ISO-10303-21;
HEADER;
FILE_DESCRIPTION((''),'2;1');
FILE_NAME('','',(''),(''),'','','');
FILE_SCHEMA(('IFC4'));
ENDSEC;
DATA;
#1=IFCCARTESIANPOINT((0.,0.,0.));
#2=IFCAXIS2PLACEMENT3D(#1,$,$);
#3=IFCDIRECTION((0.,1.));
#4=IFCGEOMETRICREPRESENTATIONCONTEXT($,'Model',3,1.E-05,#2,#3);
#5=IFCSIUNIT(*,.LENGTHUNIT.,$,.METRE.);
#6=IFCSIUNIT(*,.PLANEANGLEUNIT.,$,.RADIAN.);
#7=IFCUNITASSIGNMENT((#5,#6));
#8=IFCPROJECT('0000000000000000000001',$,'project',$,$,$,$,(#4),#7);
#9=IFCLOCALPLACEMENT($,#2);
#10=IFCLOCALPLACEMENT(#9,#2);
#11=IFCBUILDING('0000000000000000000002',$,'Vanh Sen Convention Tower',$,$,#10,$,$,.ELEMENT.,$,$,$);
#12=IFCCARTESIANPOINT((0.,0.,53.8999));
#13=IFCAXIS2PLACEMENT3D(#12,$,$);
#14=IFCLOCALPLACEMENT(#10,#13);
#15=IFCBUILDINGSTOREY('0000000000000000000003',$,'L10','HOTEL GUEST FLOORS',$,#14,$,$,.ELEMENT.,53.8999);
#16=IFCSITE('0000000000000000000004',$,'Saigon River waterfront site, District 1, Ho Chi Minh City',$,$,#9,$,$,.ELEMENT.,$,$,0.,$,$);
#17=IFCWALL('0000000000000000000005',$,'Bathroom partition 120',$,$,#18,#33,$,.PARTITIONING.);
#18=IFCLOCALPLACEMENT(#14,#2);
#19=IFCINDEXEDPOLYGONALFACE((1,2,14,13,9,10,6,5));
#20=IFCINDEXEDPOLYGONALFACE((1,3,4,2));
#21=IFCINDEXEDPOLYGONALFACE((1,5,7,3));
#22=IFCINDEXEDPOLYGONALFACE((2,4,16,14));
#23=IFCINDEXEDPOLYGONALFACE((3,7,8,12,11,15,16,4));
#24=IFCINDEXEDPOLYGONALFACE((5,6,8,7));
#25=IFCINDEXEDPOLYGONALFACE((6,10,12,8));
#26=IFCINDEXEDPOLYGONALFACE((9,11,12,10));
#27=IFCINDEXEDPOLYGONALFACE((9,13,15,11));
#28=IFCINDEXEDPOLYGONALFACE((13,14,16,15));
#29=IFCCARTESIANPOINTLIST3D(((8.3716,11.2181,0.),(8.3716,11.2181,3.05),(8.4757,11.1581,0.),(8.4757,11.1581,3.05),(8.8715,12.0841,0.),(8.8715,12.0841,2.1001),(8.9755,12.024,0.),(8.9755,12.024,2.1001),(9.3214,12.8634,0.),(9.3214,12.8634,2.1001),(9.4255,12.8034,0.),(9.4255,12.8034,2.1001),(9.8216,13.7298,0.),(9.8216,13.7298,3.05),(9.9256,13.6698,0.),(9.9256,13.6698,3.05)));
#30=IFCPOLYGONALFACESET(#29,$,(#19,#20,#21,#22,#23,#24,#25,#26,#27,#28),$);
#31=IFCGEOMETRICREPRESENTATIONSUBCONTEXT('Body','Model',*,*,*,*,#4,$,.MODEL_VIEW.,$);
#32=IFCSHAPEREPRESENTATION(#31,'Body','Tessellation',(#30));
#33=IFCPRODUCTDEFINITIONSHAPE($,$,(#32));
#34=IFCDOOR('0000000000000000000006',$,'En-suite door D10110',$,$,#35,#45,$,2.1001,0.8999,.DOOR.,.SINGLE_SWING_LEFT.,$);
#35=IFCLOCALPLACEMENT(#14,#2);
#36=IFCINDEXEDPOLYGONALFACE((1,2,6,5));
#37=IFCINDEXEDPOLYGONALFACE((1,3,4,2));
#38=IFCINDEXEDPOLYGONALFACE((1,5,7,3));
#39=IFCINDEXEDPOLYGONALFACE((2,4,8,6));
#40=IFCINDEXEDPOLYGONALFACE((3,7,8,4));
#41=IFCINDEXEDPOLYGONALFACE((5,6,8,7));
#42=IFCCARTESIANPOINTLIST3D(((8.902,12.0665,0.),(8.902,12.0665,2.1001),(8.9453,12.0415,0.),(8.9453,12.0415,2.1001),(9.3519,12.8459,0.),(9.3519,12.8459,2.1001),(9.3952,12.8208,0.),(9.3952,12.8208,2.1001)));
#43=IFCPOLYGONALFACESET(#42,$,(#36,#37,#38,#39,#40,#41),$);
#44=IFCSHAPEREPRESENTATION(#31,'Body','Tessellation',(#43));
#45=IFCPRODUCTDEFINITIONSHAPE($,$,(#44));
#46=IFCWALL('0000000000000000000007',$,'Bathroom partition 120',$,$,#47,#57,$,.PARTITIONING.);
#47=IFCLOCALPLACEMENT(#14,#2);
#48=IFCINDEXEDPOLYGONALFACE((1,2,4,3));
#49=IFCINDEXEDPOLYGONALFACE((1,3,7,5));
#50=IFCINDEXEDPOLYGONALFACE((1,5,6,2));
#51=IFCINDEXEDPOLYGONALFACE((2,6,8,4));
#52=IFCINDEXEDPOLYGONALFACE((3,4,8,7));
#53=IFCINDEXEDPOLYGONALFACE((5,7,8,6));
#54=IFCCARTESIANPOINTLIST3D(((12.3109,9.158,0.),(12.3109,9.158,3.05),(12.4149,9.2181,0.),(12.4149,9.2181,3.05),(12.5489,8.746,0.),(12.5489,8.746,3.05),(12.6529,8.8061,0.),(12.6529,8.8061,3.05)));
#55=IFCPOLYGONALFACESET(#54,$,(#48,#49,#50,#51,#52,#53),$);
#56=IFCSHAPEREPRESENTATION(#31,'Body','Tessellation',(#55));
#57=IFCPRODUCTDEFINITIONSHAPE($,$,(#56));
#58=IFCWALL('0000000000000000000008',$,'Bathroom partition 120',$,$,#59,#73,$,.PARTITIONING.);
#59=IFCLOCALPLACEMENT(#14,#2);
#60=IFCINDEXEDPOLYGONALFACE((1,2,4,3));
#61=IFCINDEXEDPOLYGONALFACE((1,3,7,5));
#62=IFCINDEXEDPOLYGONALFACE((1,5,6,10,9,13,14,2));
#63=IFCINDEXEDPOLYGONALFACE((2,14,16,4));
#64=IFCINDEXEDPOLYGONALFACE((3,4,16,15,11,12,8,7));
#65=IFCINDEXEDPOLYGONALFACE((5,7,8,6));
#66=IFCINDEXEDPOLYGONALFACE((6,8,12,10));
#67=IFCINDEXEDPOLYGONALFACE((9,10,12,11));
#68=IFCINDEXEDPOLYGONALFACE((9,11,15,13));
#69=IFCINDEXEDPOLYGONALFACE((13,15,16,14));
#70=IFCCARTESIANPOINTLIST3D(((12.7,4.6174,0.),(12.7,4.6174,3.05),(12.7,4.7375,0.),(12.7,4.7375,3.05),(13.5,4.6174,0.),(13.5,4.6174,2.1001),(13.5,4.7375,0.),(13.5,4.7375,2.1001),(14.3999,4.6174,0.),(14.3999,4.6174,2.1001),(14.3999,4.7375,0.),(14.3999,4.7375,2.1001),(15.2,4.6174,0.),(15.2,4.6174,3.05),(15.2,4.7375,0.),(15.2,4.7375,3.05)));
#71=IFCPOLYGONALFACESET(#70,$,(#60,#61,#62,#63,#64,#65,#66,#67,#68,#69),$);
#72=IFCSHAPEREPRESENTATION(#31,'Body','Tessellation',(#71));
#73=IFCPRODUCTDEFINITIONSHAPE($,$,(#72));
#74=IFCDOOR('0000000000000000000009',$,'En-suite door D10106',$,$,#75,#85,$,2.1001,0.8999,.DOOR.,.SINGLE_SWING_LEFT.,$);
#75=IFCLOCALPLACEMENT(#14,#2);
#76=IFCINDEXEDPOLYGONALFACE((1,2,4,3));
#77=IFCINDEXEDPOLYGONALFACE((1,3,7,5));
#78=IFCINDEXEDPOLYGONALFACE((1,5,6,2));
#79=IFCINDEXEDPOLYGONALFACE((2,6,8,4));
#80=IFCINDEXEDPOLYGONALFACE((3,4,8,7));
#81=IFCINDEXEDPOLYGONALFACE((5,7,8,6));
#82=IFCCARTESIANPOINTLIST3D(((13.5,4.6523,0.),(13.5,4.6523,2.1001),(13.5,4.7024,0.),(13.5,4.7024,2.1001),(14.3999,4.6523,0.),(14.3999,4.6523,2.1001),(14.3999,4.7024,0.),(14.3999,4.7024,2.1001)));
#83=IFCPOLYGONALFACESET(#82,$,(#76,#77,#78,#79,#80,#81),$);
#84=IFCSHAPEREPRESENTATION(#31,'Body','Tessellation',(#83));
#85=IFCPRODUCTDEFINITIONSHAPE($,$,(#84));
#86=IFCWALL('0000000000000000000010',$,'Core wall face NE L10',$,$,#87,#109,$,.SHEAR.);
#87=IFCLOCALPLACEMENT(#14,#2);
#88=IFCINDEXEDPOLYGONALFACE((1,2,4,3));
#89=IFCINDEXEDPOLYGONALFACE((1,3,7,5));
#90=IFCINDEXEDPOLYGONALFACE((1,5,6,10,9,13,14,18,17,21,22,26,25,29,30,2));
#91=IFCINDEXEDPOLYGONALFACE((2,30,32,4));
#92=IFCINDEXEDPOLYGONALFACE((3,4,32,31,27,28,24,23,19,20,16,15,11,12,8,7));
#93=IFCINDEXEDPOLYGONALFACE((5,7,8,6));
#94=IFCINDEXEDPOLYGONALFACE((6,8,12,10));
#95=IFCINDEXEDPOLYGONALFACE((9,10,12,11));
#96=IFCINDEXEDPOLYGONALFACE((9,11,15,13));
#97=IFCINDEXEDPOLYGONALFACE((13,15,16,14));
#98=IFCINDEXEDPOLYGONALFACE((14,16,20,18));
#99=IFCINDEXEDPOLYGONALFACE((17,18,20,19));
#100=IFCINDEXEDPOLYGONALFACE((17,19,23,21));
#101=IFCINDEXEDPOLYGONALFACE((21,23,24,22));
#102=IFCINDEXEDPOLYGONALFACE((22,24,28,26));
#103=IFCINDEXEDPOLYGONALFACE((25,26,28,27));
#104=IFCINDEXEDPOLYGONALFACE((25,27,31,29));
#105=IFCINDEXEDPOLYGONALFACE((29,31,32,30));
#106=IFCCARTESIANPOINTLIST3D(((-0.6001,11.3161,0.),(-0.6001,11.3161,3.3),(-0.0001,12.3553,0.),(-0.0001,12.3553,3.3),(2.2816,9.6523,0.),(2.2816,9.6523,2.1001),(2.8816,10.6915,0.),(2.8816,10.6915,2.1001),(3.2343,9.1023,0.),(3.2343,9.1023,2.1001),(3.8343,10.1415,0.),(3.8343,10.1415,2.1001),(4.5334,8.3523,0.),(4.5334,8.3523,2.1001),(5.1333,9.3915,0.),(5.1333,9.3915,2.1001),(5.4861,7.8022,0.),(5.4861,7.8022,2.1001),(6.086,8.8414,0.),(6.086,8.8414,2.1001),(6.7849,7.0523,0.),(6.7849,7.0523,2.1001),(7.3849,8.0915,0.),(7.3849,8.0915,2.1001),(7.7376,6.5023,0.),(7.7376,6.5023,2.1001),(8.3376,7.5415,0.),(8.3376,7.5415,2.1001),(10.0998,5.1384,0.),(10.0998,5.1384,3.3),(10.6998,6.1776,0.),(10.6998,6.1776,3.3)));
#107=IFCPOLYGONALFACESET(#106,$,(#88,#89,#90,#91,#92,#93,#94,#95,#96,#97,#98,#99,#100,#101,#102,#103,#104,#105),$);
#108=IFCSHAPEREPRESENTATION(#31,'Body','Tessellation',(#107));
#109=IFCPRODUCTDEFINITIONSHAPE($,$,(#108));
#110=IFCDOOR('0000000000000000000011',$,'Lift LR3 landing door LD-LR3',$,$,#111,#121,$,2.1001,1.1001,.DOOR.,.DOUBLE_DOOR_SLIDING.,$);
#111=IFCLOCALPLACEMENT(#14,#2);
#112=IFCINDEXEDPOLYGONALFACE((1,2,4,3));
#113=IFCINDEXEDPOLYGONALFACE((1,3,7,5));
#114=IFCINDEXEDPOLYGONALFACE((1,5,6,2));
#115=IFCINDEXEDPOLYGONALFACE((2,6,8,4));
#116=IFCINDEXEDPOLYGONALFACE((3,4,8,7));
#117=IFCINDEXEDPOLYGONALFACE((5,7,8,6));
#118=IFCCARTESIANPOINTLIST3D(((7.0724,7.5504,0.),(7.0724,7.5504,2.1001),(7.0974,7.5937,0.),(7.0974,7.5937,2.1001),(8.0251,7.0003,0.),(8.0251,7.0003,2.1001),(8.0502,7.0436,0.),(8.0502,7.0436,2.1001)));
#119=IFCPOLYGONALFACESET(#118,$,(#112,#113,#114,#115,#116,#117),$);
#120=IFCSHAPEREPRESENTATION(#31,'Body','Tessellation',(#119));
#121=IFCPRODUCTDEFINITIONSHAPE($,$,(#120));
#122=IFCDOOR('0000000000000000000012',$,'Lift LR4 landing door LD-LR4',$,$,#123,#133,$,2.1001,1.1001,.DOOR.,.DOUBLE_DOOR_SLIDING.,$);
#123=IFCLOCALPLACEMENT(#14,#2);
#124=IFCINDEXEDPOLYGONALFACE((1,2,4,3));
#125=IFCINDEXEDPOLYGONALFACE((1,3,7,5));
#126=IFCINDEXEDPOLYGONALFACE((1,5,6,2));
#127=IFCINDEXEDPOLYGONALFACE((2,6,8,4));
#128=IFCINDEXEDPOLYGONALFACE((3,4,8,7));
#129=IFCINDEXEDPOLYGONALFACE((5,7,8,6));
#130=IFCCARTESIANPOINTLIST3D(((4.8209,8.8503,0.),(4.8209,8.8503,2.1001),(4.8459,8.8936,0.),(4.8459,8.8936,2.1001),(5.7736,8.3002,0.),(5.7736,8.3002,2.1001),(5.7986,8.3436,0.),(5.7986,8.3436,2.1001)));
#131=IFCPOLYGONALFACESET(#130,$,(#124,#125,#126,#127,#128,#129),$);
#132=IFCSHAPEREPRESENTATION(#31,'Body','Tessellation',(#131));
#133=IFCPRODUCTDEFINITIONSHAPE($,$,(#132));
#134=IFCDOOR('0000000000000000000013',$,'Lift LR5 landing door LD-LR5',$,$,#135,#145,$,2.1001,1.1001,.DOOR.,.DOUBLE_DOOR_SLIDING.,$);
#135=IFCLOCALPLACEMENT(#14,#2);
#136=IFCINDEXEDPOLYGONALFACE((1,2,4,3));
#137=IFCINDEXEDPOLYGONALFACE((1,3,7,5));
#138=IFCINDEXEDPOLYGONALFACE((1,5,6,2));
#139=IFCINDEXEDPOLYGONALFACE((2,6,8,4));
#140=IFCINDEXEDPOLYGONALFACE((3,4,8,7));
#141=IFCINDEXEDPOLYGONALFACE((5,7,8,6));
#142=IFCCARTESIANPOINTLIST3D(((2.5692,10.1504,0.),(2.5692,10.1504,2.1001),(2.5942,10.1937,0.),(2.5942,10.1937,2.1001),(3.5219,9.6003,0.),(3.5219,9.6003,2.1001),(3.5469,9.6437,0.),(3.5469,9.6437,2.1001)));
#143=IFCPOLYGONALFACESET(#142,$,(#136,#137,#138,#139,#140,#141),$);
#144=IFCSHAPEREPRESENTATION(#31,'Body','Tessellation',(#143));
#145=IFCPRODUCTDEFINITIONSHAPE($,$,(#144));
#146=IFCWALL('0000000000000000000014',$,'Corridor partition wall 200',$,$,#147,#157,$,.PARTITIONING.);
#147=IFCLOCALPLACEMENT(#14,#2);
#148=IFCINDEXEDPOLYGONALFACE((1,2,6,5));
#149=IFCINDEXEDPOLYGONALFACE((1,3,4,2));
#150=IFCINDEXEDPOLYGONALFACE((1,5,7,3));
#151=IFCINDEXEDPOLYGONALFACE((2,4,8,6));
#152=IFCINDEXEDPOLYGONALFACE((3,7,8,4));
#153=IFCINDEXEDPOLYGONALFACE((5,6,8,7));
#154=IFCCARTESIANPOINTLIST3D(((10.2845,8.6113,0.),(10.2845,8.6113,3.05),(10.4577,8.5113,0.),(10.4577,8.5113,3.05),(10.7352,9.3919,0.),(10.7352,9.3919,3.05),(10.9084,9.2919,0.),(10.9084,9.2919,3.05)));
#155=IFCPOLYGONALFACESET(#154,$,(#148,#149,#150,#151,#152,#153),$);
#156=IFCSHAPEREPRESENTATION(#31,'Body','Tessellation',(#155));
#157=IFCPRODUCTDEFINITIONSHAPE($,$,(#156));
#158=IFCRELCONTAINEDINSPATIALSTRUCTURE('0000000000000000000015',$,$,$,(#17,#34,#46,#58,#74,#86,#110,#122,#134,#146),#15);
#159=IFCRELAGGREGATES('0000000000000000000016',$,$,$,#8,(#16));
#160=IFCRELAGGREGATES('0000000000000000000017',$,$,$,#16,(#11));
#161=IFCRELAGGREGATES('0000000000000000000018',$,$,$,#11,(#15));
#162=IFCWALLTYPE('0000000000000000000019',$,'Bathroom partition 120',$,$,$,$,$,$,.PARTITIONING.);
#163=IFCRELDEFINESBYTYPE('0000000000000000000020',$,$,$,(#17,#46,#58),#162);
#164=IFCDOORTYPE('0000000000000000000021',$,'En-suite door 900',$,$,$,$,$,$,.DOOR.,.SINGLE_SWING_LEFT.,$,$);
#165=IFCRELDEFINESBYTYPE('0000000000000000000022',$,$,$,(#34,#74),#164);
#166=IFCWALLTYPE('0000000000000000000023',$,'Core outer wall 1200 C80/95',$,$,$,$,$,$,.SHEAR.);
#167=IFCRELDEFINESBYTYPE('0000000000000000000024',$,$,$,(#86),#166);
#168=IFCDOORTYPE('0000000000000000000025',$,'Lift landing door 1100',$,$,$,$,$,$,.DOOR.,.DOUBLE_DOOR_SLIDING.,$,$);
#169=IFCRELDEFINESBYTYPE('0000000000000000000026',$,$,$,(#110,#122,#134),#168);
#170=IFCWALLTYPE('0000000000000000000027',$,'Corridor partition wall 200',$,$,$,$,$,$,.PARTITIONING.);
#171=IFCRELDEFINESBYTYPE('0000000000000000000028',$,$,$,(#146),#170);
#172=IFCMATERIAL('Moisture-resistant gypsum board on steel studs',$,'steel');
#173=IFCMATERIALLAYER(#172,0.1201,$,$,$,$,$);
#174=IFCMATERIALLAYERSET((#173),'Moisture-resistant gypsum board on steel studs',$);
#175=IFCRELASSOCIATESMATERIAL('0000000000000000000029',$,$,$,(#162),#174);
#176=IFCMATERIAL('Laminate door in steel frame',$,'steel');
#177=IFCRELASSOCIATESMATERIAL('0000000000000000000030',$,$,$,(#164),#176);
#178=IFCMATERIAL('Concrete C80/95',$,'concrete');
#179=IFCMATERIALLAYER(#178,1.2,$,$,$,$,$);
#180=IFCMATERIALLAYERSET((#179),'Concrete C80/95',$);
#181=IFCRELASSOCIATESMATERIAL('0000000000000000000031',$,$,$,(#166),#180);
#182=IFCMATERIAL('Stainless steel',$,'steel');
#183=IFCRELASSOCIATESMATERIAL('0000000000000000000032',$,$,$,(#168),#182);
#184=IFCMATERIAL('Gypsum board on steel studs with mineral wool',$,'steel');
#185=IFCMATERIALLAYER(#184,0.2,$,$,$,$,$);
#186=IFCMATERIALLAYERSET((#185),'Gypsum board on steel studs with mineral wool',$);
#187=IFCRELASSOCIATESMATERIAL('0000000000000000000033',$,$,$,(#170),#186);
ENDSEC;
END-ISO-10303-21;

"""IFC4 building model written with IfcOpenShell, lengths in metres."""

from ifc_helpers import new_model, si_unit, direction, frame, frame_2d, origin, place, context, subcontext, project, spatial, rectangle, extrude, material, layer, layer_set, type_object, element, fill, save


model = new_model("IFC4")

# Units and contexts
model_context = context("Model", 3, precision=1e-05, world=origin(), true_north=direction((0.0, 1.0)))
body_context = subcontext(model_context, "Body", "Model", "MODEL_VIEW")
ifc_project = project(units=[si_unit("LENGTHUNIT", "METRE"), si_unit("PLANEANGLEUNIT", "RADIAN")], contexts=[model_context])

# Site, building, storey
site_placement = place(None, origin())
site = spatial("IfcSite", under=ifc_project, at=site_placement, Name="Saigon River waterfront site, District 1, Ho Chi Minh City", CompositionType="ELEMENT", RefElevation=0.0)
building_placement = place(site_placement, origin())
building = spatial("IfcBuilding", under=site, at=building_placement, Name="Vanh Sen Convention Tower", CompositionType="ELEMENT")
storey_placement = place(building_placement, frame((0.0, 0.0, 53.8999)))
storey = spatial("IfcBuildingStorey", under=building, at=storey_placement, Name="L10", Description="HOTEL GUEST FLOORS", CompositionType="ELEMENT", Elevation=53.8999)

# Wall, opening, door
ifc_material_1 = material(Name="Moisture-resistant gypsum board on steel studs", Category="steel")
ifc_layer_1 = layer(ifc_material_1, 0.1201)
ifc_layer_set_1 = layer_set([ifc_layer_1], Name="Moisture-resistant gypsum board on steel studs")
wall_type_1 = type_object("IfcWallType", Name="Bathroom partition 120", PredefinedType="PARTITIONING", material=ifc_layer_set_1)
wall_1_placement = place(storey_placement, frame((8.4236, 11.188, 0.0), z_axis=(0.0, 0.0, 1.0), x_axis=(0.499951, 0.866054, 0.0)))
wall_1 = element("IfcWall", 1, at=wall_1_placement, inside=storey, type_object=wall_type_1, Name="Bathroom partition 120", PredefinedType="PARTITIONING", context=body_context, shape_type="SweptSolid", body=[
    extrude(rectangle(XDim=2.9001, YDim=0.1201, at=frame_2d((1.4502, 0.0))), origin(), (0.0, 0.0, 1.0), 3.05),
])
opening_1_placement = place(wall_1_placement, frame((1.0, 0.0, 0.0)))
opening_1 = element("IfcOpeningElement", 2, at=opening_1_placement, cuts=wall_1, PredefinedType="OPENING", context=body_context, shape_type="SweptSolid", body=[
    extrude(rectangle(XDim=0.8999, YDim=2.1001, at=frame_2d((0.45, 1.05))), frame((0.0, 0.0701, 0.0), z_axis=(0.0, -1.0, 0.0), x_axis=(1.0, 0.0, 0.0)), (0.0, 0.0, 1.0), 0.1401),
])
ifc_material_2 = material(Name="Laminate door in steel frame", Category="steel")
door_type_1 = type_object("IfcDoorType", Name="En-suite door 900", OperationType="SINGLE_SWING_LEFT", PredefinedType="DOOR", material=ifc_material_2)
door_1_placement = place(opening_1_placement, origin())
door_1 = element("IfcDoor", 3, at=door_1_placement, inside=storey, type_object=door_type_1, Name="En-suite door D10110", OperationType="SINGLE_SWING_LEFT", OverallHeight=2.1001, OverallWidth=0.8999, PredefinedType="DOOR", context=body_context, shape_type="SweptSolid", body=[
    extrude(rectangle(XDim=0.8999, YDim=2.1001, at=frame_2d((0.45, 1.05))), frame((0.0, 0.0249, 0.0), z_axis=(0.0, -1.0, 0.0), x_axis=(1.0, 0.0, 0.0)), (0.0, 0.0, 1.0), 0.05),
])
fill(opening_1, door_1)

# Wall
wall_2_placement = place(storey_placement, frame((12.6008, 8.7761, 0.0), z_axis=(0.0, 0.0, 1.0), x_axis=(-0.500166, 0.865929, 0.0)))
element("IfcWall", 4, at=wall_2_placement, inside=storey, type_object=wall_type_1, Name="Bathroom partition 120", PredefinedType="PARTITIONING", context=body_context, shape_type="SweptSolid", body=[
    extrude(rectangle(XDim=0.4758, YDim=0.1201, at=frame_2d((0.2378, 0.0))), origin(), (0.0, 0.0, 1.0), 3.05),
])

# Wall, opening, door
wall_3_placement = place(storey_placement, frame((12.7, 4.6775, 0.0), z_axis=(0.0, 0.0, 1.0), x_axis=(1.0, 0.0, 0.0)))
wall_3 = element("IfcWall", 5, at=wall_3_placement, inside=storey, type_object=wall_type_1, Name="Bathroom partition 120", PredefinedType="PARTITIONING", context=body_context, shape_type="SweptSolid", body=[
    extrude(rectangle(XDim=2.5, YDim=0.1201, at=frame_2d((1.25, 0.0))), origin(), (0.0, 0.0, 1.0), 3.05),
])
opening_2_placement = place(wall_3_placement, frame((0.8, 0.0, 0.0)))
opening_2 = element("IfcOpeningElement", 6, at=opening_2_placement, cuts=wall_3, PredefinedType="OPENING", context=body_context, shape_type="SweptSolid", body=[
    extrude(rectangle(XDim=0.8999, YDim=2.1001, at=frame_2d((0.45, 1.05))), frame((0.0, 0.0701, 0.0), z_axis=(0.0, -1.0, 0.0), x_axis=(1.0, 0.0, 0.0)), (0.0, 0.0, 1.0), 0.1401),
])
door_2_placement = place(opening_2_placement, origin())
door_2 = element("IfcDoor", 7, at=door_2_placement, inside=storey, type_object=door_type_1, Name="En-suite door D10106", OperationType="SINGLE_SWING_LEFT", OverallHeight=2.1001, OverallWidth=0.8999, PredefinedType="DOOR", context=body_context, shape_type="SweptSolid", body=[
    extrude(rectangle(XDim=0.8999, YDim=2.1001, at=frame_2d((0.45, 1.05))), frame((0.0, 0.0249, 0.0), z_axis=(0.0, -1.0, 0.0), x_axis=(1.0, 0.0, 0.0)), (0.0, 0.0, 1.0), 0.05),
])
fill(opening_2, door_2)

# Wall, openings, doors
ifc_material_3 = material(Name="Concrete C80/95", Category="concrete")
ifc_layer_2 = layer(ifc_material_3, 1.2)
ifc_layer_set_2 = layer_set([ifc_layer_2], Name="Concrete C80/95")
wall_type_2 = type_object("IfcWallType", Name="Core outer wall 1200 C80/95", PredefinedType="SHEAR", material=ifc_layer_set_2)
wall_4_placement = place(storey_placement, frame((10.3999, 5.658, 0.0), z_axis=(0.0, 0.0, 1.0), x_axis=(-0.866021, 0.500007, 0.0)))
wall_4 = element("IfcWall", 8, at=wall_4_placement, inside=storey, type_object=wall_type_2, Name="Core wall face NE L10", PredefinedType="SHEAR", context=body_context, shape_type="SweptSolid", body=[
    extrude(rectangle(XDim=12.3552, YDim=1.2, at=frame_2d((6.1777, 0.0))), origin(), (0.0, 0.0, 1.0), 3.3),
])
opening_3_placement = place(wall_4_placement, frame((2.7278, 0.0, 0.0)))
opening_3 = element("IfcOpeningElement", 9, at=opening_3_placement, cuts=wall_4, PredefinedType="OPENING", context=body_context, shape_type="SweptSolid", body=[
    extrude(rectangle(XDim=1.1001, YDim=2.1001, at=frame_2d((0.55, 1.05))), frame((0.0, 0.6099, 0.0), z_axis=(0.0, -1.0, 0.0), x_axis=(1.0, 0.0, 0.0)), (0.0, 0.0, 1.0), 1.22),
])
opening_4_placement = place(wall_4_placement, frame((5.3276, 0.0, 0.0)))
opening_4 = element("IfcOpeningElement", 10, at=opening_4_placement, cuts=wall_4, PredefinedType="OPENING", context=body_context, shape_type="SweptSolid", body=[
    extrude(rectangle(XDim=1.1001, YDim=2.1001, at=frame_2d((0.55, 1.05))), frame((0.0, 0.6099, 0.0), z_axis=(0.0, -1.0, 0.0), x_axis=(1.0, 0.0, 0.0)), (0.0, 0.0, 1.0), 1.22),
])
opening_5_placement = place(wall_4_placement, frame((7.9277, 0.0, 0.0)))
opening_5 = element("IfcOpeningElement", 11, at=opening_5_placement, cuts=wall_4, PredefinedType="OPENING", context=body_context, shape_type="SweptSolid", body=[
    extrude(rectangle(XDim=1.1001, YDim=2.1001, at=frame_2d((0.55, 1.05))), frame((0.0, 0.6099, 0.0), z_axis=(0.0, -1.0, 0.0), x_axis=(1.0, 0.0, 0.0)), (0.0, 0.0, 1.0), 1.22),
])
ifc_material_4 = material(Name="Stainless steel", Category="steel")
door_type_2 = type_object("IfcDoorType", Name="Lift landing door 1100", OperationType="DOUBLE_DOOR_SLIDING", PredefinedType="DOOR", material=ifc_material_4)
door_3_placement = place(opening_3_placement, origin())
door_3 = element("IfcDoor", 12, at=door_3_placement, inside=storey, type_object=door_type_2, Name="Lift LR3 landing door LD-LR3", OperationType="DOUBLE_DOOR_SLIDING", OverallHeight=2.1001, OverallWidth=1.1001, PredefinedType="DOOR", context=body_context, shape_type="SweptSolid", body=[
    extrude(rectangle(XDim=1.1001, YDim=2.1001, at=frame_2d((0.55, 1.05))), frame((0.0, 0.0249, 0.0), z_axis=(0.0, -1.0, 0.0), x_axis=(1.0, 0.0, 0.0)), (0.0, 0.0, 1.0), 0.05),
])
fill(opening_3, door_3)
door_4_placement = place(opening_4_placement, origin())
door_4 = element("IfcDoor", 13, at=door_4_placement, inside=storey, type_object=door_type_2, Name="Lift LR4 landing door LD-LR4", OperationType="DOUBLE_DOOR_SLIDING", OverallHeight=2.1001, OverallWidth=1.1001, PredefinedType="DOOR", context=body_context, shape_type="SweptSolid", body=[
    extrude(rectangle(XDim=1.1001, YDim=2.1001, at=frame_2d((0.55, 1.05))), frame((0.0, 0.0249, 0.0), z_axis=(0.0, -1.0, 0.0), x_axis=(1.0, 0.0, 0.0)), (0.0, 0.0, 1.0), 0.05),
])
fill(opening_4, door_4)
door_5_placement = place(opening_5_placement, origin())
door_5 = element("IfcDoor", 14, at=door_5_placement, inside=storey, type_object=door_type_2, Name="Lift LR5 landing door LD-LR5", OperationType="DOUBLE_DOOR_SLIDING", OverallHeight=2.1001, OverallWidth=1.1001, PredefinedType="DOOR", context=body_context, shape_type="SweptSolid", body=[
    extrude(rectangle(XDim=1.1001, YDim=2.1001, at=frame_2d((0.55, 1.05))), frame((0.0, 0.0249, 0.0), z_axis=(0.0, -1.0, 0.0), x_axis=(1.0, 0.0, 0.0)), (0.0, 0.0, 1.0), 0.05),
])
fill(opening_5, door_5)

# Wall
ifc_material_5 = material(Name="Gypsum board on steel studs with mineral wool", Category="steel")
ifc_layer_3 = layer(ifc_material_5, 0.2)
ifc_layer_set_3 = layer_set([ifc_layer_3], Name="Gypsum board on steel studs with mineral wool")
wall_type_3 = type_object("IfcWallType", Name="Corridor partition wall 200", PredefinedType="PARTITIONING", material=ifc_layer_set_3)
wall_5_placement = place(storey_placement, frame((10.3711, 8.5613, 0.0), z_axis=(0.0, 0.0, 1.0), x_axis=(0.500043, 0.866001, 0.0)))
element("IfcWall", 15, at=wall_5_placement, inside=storey, type_object=wall_type_3, Name="Corridor partition wall 200", PredefinedType="PARTITIONING", context=body_context, shape_type="SweptSolid", body=[
    extrude(rectangle(XDim=0.9014, YDim=0.2, at=frame_2d((0.4507, 0.0))), origin(), (0.0, 0.0, 1.0), 3.05),
])

save(model, "model.ifc")
